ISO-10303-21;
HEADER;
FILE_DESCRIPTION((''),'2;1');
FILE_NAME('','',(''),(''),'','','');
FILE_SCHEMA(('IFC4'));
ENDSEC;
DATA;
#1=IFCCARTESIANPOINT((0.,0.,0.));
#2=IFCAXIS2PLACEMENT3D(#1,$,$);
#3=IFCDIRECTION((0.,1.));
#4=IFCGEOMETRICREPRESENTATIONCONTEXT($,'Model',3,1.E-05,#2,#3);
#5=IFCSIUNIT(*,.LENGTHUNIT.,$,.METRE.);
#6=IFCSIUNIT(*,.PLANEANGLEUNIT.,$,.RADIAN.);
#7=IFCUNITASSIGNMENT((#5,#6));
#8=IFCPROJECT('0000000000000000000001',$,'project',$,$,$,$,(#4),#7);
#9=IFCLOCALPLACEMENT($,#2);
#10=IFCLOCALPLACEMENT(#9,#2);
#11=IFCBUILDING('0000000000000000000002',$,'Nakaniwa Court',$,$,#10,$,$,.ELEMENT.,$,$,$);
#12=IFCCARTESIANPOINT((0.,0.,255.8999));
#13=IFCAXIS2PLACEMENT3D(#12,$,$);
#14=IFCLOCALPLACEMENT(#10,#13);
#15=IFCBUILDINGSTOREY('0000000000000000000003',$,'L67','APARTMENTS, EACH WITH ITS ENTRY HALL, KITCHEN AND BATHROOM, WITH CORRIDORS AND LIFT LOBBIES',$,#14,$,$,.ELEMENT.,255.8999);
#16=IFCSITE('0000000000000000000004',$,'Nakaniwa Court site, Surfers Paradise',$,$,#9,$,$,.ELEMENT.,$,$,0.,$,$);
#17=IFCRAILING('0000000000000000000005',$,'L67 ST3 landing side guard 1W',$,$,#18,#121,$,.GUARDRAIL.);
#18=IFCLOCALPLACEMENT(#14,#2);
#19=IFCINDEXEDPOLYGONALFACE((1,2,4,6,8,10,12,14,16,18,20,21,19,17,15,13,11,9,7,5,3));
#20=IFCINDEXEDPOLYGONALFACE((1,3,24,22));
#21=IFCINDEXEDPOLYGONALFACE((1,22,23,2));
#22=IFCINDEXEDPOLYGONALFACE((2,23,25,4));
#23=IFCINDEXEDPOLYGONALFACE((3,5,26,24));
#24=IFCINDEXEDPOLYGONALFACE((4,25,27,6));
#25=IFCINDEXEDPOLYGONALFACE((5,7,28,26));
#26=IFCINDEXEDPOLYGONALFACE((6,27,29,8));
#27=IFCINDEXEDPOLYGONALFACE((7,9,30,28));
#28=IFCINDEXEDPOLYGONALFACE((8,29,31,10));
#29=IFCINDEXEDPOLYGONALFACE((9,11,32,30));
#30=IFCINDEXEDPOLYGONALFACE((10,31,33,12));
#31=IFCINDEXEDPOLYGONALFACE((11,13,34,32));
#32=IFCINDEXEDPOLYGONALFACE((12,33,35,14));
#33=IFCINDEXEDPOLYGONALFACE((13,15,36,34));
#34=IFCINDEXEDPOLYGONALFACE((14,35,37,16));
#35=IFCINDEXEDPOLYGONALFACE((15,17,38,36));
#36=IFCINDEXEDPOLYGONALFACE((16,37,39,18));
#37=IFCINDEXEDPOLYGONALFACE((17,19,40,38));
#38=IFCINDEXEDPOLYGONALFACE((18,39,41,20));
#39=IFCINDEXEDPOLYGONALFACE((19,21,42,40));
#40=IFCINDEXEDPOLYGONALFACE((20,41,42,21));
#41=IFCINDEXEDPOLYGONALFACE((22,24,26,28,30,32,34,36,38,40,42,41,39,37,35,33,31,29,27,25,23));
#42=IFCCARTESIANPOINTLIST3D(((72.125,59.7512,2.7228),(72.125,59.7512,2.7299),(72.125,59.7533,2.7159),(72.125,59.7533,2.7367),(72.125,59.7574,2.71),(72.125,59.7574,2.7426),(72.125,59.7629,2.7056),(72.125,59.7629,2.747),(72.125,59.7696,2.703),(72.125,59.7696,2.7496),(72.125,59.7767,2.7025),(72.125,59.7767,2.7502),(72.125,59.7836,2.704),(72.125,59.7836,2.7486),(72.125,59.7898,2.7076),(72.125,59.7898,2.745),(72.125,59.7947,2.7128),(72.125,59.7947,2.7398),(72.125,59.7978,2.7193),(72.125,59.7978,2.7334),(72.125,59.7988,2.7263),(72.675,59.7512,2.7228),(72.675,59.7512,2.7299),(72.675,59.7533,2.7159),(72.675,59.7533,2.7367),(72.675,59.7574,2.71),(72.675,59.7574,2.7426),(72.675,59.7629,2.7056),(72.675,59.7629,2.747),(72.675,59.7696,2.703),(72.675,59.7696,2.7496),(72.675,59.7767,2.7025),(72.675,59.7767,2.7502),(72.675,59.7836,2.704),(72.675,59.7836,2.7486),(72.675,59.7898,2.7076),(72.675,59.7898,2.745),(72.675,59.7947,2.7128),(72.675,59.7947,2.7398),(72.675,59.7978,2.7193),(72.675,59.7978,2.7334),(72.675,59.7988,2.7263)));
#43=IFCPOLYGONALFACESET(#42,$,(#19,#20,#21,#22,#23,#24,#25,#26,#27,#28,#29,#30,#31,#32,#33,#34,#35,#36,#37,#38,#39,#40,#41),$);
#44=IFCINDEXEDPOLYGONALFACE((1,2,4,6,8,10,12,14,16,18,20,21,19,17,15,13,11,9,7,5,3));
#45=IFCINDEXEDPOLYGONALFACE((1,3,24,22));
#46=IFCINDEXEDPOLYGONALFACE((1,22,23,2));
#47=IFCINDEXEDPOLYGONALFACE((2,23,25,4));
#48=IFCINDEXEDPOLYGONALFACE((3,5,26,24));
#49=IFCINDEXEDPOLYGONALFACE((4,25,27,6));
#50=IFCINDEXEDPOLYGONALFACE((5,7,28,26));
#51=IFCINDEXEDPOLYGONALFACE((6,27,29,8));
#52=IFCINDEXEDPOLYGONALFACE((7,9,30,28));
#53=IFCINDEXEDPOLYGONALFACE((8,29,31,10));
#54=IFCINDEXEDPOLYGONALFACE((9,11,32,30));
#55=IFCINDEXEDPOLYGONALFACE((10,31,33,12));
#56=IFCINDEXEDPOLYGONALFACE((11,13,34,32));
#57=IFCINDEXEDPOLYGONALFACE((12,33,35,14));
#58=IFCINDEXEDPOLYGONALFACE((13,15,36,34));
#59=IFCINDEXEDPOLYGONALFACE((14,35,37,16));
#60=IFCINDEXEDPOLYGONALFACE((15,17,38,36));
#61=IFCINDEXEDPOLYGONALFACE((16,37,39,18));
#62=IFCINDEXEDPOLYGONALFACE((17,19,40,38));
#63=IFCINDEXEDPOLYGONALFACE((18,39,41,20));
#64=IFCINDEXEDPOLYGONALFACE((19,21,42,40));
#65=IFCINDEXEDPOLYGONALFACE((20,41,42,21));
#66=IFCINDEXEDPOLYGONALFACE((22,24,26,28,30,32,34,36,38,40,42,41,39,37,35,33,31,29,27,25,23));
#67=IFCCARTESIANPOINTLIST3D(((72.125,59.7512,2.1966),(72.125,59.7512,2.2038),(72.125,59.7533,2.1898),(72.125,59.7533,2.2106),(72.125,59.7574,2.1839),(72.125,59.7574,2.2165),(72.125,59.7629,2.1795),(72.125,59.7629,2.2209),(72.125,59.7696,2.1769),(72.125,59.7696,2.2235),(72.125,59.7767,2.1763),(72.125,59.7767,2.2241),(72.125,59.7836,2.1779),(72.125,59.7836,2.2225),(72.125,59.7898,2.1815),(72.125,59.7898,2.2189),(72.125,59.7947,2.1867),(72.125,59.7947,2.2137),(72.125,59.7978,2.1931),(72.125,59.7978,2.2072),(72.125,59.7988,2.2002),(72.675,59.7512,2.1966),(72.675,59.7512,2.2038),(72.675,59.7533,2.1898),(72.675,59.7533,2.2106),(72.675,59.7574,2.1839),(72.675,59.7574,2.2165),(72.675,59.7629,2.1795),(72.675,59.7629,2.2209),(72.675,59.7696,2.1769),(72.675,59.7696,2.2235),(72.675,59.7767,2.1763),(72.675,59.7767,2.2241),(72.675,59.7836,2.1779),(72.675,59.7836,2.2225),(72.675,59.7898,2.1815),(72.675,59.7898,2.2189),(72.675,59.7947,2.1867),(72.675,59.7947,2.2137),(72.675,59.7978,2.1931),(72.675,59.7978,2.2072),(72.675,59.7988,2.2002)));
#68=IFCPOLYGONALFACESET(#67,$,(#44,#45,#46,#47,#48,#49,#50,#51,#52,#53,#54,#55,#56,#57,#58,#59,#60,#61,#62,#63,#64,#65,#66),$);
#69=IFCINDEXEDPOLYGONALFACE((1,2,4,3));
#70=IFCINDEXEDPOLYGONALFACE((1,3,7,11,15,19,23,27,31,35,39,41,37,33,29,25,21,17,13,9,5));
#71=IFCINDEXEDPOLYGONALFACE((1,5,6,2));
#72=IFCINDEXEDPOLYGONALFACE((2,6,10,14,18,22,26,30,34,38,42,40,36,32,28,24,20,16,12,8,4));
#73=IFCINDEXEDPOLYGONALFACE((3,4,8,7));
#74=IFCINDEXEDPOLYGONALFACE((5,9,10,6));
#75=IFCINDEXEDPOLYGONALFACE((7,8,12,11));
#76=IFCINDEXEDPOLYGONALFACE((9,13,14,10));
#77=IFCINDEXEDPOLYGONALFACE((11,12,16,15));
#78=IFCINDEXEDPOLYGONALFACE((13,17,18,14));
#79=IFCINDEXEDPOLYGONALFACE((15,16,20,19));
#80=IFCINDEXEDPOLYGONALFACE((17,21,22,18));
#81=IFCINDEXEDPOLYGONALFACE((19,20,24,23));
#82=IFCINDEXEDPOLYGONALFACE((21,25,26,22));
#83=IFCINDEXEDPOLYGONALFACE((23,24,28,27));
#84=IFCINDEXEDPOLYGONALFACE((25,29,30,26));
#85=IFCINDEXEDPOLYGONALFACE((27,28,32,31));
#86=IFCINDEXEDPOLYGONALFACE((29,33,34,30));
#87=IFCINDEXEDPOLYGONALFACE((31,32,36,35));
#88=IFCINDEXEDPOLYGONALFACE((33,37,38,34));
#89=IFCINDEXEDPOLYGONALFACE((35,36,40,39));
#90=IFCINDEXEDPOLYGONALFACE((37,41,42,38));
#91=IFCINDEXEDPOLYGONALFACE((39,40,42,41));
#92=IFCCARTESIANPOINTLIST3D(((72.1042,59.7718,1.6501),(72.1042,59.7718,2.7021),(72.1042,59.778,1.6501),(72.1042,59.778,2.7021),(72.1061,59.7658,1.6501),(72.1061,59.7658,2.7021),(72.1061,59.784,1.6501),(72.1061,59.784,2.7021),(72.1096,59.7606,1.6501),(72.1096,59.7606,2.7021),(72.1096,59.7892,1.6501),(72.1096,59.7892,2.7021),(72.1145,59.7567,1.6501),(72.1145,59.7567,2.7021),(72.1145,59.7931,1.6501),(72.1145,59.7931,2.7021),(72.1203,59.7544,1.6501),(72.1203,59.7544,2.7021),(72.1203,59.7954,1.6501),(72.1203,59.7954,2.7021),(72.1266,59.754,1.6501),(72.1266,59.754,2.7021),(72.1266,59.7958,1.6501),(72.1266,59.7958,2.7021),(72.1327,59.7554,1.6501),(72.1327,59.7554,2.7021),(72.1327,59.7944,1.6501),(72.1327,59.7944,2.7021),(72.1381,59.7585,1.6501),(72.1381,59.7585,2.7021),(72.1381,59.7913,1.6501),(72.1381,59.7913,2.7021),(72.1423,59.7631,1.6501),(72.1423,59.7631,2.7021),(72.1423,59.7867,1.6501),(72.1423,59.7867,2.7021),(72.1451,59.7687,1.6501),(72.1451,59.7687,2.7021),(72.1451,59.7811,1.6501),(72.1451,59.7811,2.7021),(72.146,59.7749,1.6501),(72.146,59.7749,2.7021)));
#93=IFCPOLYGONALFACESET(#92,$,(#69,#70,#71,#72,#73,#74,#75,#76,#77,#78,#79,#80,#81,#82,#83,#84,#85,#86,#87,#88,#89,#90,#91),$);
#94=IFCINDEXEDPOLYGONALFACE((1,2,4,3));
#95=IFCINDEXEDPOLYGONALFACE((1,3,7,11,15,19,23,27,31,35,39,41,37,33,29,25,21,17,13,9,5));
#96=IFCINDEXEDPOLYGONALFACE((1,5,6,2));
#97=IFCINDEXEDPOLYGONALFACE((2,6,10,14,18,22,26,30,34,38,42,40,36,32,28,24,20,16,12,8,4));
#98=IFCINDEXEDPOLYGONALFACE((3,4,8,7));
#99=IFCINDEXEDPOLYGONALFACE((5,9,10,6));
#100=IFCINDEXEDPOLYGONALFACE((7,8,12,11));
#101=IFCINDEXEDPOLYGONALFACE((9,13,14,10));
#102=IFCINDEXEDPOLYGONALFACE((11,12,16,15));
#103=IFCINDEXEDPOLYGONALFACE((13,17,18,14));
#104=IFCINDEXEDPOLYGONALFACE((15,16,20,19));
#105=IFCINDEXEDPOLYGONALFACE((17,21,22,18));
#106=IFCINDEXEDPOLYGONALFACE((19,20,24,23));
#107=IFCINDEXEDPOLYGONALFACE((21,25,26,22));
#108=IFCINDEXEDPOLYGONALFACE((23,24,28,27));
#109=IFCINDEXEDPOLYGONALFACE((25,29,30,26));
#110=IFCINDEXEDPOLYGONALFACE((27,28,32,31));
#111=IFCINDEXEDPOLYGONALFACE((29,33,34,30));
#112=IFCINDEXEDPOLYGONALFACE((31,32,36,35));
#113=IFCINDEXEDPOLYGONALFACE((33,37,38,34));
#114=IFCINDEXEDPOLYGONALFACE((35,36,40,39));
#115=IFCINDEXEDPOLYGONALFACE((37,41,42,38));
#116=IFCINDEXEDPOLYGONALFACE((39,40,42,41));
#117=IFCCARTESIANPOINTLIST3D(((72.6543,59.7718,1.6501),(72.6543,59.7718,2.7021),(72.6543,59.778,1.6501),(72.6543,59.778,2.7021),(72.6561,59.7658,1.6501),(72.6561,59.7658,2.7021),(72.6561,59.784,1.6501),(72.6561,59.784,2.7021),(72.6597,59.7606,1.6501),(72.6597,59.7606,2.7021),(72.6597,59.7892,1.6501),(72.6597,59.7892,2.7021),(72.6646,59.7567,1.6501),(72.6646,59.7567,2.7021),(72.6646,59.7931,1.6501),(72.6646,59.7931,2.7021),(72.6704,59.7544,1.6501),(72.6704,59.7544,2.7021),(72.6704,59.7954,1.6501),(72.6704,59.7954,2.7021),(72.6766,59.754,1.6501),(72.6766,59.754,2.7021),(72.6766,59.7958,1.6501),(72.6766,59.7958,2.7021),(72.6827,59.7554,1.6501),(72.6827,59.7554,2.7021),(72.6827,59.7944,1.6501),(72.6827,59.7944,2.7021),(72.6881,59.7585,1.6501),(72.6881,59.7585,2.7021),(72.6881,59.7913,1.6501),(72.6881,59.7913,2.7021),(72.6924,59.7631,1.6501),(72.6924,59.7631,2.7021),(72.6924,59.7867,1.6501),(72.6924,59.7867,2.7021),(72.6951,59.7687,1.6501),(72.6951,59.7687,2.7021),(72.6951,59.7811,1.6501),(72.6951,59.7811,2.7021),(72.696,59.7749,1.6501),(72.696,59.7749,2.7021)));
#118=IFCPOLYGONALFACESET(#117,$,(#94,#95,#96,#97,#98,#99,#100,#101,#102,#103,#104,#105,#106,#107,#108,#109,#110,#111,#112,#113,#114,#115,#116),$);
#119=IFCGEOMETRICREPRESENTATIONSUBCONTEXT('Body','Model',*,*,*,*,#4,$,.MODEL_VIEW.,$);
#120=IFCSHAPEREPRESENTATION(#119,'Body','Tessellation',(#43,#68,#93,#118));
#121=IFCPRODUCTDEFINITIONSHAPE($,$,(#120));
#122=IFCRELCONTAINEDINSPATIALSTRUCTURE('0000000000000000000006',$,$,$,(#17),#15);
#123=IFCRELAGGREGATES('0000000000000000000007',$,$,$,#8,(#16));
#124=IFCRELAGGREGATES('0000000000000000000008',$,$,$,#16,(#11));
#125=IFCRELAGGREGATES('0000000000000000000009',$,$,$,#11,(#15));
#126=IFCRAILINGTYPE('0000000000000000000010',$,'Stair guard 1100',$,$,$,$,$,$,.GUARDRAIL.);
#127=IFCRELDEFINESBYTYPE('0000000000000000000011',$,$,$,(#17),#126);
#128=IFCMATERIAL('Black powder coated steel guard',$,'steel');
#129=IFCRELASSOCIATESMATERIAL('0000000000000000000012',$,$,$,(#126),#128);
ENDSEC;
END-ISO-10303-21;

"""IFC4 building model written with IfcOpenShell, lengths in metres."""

from ifc_helpers import new_model, si_unit, direction, frame, origin, origin_2d, place, context, subcontext, project, spatial, circle, extrude, material, type_object, element, save


model = new_model("IFC4")

# Units and contexts
model_context = context("Model", 3, precision=1e-05, world=origin(), true_north=direction((0.0, 1.0)))
body_context = subcontext(model_context, "Body", "Model", "MODEL_VIEW")
ifc_project = project(units=[si_unit("LENGTHUNIT", "METRE"), si_unit("PLANEANGLEUNIT", "RADIAN")], contexts=[model_context])

# Site, building, storey
site_placement = place(None, origin())
site = spatial("IfcSite", under=ifc_project, at=site_placement, Name="Nakaniwa Court site, Surfers Paradise", CompositionType="ELEMENT", RefElevation=0.0)
building_placement = place(site_placement, origin())
building = spatial("IfcBuilding", under=site, at=building_placement, Name="Nakaniwa Court", CompositionType="ELEMENT")
storey_placement = place(building_placement, frame((0.0, 0.0, 255.8999)))
storey = spatial("IfcBuildingStorey", under=building, at=storey_placement, Name="L67", Description="APARTMENTS, EACH WITH ITS ENTRY HALL, KITCHEN AND BATHROOM, WITH CORRIDORS AND LIFT LOBBIES", CompositionType="ELEMENT", Elevation=255.8999)

# Railing
ifc_material_1 = material(Name="Black powder coated steel guard", Category="steel")
railing_type_1 = type_object("IfcRailingType", Name="Stair guard 1100", PredefinedType="GUARDRAIL", material=ifc_material_1)
for number, where, name in (
    (1, (72.125, 59.7749, 1.6501), "L67 ST3 landing side guard 1W"),
):
    element("IfcRailing", number, at=place(storey_placement, frame(where)), inside=storey, type_object=railing_type_1, Name=name, PredefinedType="GUARDRAIL", context=body_context, shape_type="SweptSolid", body=[
        extrude(circle(Radius=0.0239, at=origin_2d()), frame((0.0, 0.0, 1.0762), z_axis=(1.0, 0.0, 0.0), x_axis=(0.0, 1.0, 0.0)), (0.0, 0.0, 1.0), 0.55),
        extrude(circle(Radius=0.0239, at=origin_2d()), frame((0.0, 0.0, 0.55), z_axis=(1.0, 0.0, 0.0), x_axis=(0.0, 1.0, 0.0)), (0.0, 0.0, 1.0), 0.55),
        extrude(circle(Radius=0.021, at=origin_2d()), origin(), (0.0, 0.0, 1.0), 1.052),
        extrude(circle(Radius=0.021, at=origin_2d()), frame((0.55, 0.0, 0.0)), (0.0, 0.0, 1.0), 1.052),
    ])

save(model, "model.ifc")
